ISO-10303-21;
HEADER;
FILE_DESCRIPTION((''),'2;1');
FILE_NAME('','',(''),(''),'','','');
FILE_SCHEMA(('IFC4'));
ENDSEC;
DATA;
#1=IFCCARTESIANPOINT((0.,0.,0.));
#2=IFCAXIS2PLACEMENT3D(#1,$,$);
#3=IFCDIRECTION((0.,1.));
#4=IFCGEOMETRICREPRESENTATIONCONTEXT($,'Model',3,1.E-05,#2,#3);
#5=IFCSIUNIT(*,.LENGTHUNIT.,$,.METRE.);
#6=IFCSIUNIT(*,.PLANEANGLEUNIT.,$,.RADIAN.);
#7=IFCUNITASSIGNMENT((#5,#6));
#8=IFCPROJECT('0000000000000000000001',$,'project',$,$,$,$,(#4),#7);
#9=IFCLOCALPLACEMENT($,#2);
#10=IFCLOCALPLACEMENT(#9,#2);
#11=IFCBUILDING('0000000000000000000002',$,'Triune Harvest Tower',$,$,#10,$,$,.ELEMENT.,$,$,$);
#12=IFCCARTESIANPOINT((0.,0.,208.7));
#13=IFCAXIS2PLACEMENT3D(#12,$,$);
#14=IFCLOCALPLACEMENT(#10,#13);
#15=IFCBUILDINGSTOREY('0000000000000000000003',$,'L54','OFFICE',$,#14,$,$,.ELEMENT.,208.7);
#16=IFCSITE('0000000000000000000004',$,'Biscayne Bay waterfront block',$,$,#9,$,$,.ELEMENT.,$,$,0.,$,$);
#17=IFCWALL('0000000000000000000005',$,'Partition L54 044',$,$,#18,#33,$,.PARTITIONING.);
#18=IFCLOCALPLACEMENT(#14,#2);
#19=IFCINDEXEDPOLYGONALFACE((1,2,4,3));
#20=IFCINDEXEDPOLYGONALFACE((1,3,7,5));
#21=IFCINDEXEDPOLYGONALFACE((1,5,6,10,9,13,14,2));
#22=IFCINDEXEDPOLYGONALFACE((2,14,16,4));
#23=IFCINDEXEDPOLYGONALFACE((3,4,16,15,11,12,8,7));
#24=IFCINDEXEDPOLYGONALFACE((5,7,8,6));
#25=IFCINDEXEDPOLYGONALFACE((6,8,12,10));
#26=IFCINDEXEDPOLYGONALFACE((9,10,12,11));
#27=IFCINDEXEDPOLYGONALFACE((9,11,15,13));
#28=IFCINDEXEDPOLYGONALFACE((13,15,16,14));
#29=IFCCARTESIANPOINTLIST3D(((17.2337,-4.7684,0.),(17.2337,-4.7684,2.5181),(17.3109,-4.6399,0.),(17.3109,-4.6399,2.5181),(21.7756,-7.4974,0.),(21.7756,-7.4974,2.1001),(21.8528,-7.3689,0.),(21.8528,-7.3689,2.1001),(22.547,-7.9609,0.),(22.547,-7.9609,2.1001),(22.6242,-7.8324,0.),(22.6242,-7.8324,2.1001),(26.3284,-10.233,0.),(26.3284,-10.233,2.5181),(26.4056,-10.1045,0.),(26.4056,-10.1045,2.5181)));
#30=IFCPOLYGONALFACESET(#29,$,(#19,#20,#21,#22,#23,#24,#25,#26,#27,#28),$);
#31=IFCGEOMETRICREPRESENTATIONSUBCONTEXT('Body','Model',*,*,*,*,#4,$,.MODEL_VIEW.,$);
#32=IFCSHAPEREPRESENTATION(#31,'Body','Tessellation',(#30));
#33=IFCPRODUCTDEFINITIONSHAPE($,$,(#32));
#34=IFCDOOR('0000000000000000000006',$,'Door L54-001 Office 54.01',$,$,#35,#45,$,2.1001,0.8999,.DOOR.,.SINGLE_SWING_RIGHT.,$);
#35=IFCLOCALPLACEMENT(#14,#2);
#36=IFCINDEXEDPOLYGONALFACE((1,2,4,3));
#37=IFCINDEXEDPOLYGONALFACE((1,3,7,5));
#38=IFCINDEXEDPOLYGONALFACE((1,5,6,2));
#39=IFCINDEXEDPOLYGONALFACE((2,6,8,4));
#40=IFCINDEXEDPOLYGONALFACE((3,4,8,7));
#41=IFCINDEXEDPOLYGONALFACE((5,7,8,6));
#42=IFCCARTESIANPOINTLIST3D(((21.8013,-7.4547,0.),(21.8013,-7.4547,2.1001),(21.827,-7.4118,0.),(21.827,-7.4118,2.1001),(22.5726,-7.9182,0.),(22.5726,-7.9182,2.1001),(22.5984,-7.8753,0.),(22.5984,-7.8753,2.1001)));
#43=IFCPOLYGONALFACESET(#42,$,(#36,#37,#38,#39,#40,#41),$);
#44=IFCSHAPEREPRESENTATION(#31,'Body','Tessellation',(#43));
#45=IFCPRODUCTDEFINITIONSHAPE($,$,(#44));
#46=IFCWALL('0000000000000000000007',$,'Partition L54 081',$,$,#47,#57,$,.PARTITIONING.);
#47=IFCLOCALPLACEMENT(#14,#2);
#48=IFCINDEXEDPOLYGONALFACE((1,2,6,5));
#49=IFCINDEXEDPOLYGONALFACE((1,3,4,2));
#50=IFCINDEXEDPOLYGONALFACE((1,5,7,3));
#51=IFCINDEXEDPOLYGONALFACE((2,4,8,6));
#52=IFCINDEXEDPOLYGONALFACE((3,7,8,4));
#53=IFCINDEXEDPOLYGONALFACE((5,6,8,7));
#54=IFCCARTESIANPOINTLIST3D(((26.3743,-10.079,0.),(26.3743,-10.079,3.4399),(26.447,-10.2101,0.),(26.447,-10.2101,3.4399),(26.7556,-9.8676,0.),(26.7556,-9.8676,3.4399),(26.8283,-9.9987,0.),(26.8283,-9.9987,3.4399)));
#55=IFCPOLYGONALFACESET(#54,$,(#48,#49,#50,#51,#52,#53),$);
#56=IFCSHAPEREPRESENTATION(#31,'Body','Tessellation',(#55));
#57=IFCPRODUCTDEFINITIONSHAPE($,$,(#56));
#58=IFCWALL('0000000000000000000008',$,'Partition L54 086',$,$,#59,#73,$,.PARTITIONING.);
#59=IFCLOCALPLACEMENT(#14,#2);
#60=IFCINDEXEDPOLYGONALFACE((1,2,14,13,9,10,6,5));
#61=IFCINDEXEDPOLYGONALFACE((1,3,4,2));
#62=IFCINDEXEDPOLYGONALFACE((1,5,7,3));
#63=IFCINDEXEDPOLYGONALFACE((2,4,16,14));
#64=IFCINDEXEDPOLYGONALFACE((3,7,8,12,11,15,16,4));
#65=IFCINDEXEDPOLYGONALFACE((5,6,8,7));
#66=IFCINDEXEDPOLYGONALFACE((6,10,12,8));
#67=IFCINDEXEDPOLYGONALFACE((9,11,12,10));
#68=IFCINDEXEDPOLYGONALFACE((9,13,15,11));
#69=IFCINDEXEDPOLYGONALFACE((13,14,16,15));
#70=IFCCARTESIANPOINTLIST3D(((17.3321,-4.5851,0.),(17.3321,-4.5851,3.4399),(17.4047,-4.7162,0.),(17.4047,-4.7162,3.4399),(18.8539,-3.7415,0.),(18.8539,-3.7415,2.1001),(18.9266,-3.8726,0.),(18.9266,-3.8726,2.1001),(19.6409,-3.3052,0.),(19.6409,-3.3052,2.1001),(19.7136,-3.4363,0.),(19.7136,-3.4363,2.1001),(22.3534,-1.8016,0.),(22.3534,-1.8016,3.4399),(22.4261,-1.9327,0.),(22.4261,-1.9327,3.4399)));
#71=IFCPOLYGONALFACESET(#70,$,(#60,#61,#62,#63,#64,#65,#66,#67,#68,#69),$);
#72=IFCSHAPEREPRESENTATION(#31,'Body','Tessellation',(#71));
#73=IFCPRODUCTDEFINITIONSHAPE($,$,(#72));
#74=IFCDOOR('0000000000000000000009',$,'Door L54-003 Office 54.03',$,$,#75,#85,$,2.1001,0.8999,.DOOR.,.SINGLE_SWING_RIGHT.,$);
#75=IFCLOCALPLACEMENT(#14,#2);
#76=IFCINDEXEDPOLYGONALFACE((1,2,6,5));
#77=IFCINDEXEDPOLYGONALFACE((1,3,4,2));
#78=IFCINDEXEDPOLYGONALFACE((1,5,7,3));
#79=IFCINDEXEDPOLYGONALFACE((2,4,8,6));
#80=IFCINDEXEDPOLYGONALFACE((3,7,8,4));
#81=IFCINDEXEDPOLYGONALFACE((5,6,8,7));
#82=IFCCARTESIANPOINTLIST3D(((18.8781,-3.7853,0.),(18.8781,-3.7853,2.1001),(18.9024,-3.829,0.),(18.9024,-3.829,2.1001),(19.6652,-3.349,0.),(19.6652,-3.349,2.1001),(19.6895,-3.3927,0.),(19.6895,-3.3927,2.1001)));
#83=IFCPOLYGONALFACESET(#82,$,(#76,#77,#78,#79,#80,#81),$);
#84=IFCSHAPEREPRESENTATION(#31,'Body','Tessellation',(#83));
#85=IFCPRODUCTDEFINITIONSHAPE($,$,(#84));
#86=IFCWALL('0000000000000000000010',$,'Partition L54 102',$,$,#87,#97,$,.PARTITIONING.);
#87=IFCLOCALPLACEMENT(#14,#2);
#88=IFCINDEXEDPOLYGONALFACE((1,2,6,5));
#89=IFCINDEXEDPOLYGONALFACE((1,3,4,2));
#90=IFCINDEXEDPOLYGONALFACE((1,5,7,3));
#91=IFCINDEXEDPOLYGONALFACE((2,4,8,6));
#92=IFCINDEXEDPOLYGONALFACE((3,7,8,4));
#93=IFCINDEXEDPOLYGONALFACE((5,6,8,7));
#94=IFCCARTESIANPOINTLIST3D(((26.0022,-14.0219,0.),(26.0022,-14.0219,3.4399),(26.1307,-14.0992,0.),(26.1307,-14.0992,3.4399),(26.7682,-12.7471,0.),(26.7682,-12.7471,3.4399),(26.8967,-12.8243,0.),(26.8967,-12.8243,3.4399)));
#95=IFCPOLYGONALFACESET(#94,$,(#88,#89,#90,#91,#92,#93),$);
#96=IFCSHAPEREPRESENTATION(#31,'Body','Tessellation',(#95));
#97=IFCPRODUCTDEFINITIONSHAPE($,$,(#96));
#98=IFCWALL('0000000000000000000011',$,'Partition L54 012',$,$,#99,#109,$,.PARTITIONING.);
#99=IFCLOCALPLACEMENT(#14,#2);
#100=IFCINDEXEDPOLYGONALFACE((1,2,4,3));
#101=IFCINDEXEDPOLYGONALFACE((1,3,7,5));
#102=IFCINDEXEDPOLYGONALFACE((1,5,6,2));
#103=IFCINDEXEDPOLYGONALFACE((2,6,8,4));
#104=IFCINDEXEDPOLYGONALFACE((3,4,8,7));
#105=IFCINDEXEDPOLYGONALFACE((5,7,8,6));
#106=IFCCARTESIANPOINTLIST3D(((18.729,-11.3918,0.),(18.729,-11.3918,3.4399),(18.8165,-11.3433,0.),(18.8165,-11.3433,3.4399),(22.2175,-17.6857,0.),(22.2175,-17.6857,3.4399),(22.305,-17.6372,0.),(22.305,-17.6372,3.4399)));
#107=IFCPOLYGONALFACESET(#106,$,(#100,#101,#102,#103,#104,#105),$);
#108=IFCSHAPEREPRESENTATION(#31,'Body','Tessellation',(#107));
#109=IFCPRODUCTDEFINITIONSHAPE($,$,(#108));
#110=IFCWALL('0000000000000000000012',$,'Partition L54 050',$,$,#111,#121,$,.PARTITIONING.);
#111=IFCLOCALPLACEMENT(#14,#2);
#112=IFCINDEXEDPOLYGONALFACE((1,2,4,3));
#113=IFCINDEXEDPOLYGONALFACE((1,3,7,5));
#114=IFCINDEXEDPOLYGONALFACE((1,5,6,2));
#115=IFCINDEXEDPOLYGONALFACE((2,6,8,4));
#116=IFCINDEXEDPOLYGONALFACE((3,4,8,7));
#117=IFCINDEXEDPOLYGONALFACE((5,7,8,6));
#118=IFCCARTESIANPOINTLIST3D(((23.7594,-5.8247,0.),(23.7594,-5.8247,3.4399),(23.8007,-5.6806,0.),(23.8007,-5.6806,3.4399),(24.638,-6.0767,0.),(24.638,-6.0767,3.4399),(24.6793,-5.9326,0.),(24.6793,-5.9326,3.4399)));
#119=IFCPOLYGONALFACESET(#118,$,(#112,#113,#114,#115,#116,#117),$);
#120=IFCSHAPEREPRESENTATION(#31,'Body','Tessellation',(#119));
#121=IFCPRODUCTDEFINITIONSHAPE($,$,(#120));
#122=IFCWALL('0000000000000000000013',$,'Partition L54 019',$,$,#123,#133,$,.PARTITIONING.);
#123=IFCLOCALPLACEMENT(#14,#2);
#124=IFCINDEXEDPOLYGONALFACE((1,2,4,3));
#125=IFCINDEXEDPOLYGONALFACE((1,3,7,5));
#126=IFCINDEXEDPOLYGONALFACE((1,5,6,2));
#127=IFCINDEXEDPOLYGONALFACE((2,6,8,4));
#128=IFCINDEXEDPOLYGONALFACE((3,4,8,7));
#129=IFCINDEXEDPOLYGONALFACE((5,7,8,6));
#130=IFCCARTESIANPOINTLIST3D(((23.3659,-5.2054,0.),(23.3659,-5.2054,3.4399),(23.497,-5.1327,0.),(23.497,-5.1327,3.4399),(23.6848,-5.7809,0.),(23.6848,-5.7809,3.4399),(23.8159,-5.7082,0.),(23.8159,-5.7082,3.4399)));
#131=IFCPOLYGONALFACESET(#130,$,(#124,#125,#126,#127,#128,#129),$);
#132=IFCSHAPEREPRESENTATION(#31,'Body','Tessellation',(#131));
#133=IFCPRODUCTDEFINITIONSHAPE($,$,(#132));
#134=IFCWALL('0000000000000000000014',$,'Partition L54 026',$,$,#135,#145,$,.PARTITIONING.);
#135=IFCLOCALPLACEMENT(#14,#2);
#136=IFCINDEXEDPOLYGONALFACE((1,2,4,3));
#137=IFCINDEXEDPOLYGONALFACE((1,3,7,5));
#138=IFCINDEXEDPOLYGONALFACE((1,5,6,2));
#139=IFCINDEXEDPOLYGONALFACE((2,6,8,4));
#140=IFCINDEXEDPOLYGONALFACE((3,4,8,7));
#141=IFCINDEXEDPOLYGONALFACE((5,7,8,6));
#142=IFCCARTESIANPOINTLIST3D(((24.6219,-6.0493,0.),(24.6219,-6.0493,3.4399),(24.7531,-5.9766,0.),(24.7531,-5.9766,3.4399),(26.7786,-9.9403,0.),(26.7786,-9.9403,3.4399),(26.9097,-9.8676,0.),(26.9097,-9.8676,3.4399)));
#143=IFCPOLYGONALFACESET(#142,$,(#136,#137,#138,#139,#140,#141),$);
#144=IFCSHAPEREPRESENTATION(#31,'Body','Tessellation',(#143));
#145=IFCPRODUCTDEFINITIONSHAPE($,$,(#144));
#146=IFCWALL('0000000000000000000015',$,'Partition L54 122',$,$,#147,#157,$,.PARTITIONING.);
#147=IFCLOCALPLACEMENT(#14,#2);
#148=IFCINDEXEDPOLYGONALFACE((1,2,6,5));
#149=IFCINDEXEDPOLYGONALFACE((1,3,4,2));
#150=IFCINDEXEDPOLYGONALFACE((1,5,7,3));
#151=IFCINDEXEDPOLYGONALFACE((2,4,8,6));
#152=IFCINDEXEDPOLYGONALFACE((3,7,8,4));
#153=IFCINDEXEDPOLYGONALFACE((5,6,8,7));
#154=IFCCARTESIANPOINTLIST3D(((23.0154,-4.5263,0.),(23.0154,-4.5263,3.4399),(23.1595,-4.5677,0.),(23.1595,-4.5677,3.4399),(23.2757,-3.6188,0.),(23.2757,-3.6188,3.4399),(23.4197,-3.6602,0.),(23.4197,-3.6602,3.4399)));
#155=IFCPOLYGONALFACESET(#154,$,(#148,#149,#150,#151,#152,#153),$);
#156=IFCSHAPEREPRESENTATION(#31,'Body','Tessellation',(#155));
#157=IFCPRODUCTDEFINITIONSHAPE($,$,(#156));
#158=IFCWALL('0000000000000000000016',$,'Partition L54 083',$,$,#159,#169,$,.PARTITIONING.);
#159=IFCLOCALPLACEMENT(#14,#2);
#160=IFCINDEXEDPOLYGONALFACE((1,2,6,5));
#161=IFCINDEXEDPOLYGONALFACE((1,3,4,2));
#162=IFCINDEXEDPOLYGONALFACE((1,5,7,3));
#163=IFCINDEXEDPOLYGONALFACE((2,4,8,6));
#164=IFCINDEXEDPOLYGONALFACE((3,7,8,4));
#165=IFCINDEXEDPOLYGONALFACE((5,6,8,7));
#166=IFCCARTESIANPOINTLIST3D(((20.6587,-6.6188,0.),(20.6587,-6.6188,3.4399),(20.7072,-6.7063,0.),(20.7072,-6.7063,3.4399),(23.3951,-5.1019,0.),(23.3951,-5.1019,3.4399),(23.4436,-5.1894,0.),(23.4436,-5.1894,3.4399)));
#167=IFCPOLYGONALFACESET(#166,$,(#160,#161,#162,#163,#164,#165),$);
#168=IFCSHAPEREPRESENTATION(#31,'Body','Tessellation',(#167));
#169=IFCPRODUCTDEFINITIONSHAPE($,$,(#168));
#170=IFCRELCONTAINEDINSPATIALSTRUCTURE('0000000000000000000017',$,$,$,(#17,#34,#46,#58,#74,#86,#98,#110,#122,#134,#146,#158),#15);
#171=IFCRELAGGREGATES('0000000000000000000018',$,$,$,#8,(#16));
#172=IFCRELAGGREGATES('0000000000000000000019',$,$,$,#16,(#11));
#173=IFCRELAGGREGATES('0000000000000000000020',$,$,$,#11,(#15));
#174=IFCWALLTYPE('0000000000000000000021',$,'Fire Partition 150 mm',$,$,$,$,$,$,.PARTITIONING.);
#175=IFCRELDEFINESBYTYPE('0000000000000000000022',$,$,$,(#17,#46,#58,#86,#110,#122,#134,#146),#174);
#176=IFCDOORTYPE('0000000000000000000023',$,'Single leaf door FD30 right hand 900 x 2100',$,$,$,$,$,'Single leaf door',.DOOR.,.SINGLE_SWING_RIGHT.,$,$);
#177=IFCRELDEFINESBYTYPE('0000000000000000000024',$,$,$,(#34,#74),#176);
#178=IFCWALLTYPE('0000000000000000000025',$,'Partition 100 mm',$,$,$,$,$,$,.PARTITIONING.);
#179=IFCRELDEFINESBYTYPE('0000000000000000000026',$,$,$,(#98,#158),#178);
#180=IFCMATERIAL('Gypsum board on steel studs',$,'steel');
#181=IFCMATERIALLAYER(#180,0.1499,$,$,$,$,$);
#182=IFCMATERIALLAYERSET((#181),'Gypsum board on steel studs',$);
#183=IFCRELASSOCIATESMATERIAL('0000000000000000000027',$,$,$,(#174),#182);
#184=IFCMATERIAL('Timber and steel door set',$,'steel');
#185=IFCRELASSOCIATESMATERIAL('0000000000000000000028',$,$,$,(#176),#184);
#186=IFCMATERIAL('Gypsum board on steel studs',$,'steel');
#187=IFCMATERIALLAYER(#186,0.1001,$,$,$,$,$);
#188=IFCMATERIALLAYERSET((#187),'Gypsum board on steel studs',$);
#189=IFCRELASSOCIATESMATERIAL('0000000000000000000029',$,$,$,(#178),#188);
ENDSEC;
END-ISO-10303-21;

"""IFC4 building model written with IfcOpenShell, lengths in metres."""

from ifc_helpers import new_model, si_unit, direction, frame, frame_2d, origin, place, context, subcontext, project, spatial, rectangle, extrude, source, transform, mapped, material, layer, layer_set, type_object, element, fill, save


model = new_model("IFC4")

# Units and contexts
model_context = context("Model", 3, precision=1e-05, world=origin(), true_north=direction((0.0, 1.0)))
body_context = subcontext(model_context, "Body", "Model", "MODEL_VIEW")
ifc_project = project(units=[si_unit("LENGTHUNIT", "METRE"), si_unit("PLANEANGLEUNIT", "RADIAN")], contexts=[model_context])

# Site, building, storey
site_placement = place(None, origin())
site = spatial("IfcSite", under=ifc_project, at=site_placement, Name="Biscayne Bay waterfront block", CompositionType="ELEMENT", RefElevation=0.0)
building_placement = place(site_placement, origin())
building = spatial("IfcBuilding", under=site, at=building_placement, Name="Triune Harvest Tower", CompositionType="ELEMENT")
storey_placement = place(building_placement, frame((0.0, 0.0, 208.7)))
storey = spatial("IfcBuildingStorey", under=building, at=storey_placement, Name="L54", Description="OFFICE", CompositionType="ELEMENT", Elevation=208.7)

# Shared definitions
ifc_material_1 = material(Name="Gypsum board on steel studs", Category="steel")
ifc_layer_1 = layer(ifc_material_1, 0.1499)
ifc_layer_set_1 = layer_set([ifc_layer_1], Name="Gypsum board on steel studs")
wall_type_1 = type_object("IfcWallType", Name="Fire Partition 150 mm", PredefinedType="PARTITIONING", material=ifc_layer_set_1)

# Wall, opening, door
wall_1_placement = place(storey_placement, frame((17.2722, -4.7041, 0.0), z_axis=(0.0, 0.0, 1.0), x_axis=(0.85717, -0.515034, 0.0)))
wall_1 = element("IfcWall", 1, at=wall_1_placement, inside=storey, type_object=wall_type_1, Name="Partition L54 044", PredefinedType="PARTITIONING", context=body_context, shape_type="SweptSolid", body=[
    extrude(rectangle(XDim=10.6101, YDim=0.1499, at=frame_2d((5.3052, 0.0))), origin(), (0.0, 0.0, 1.0), 2.5181),
])
opening_1_placement = place(wall_1_placement, frame((5.2988, 0.0, 0.0)))
opening_1 = element("IfcOpeningElement", 2, at=opening_1_placement, cuts=wall_1, PredefinedType="OPENING", context=body_context, shape_type="SweptSolid", body=[
    extrude(rectangle(XDim=0.8999, YDim=2.1001, at=frame_2d((0.45, 1.05))), frame((0.0, 0.085, 0.0), z_axis=(0.0, -1.0, 0.0), x_axis=(1.0, 0.0, 0.0)), (0.0, 0.0, 1.0), 0.1699),
])
ifc_material_2 = material(Name="Timber and steel door set", Category="steel")
door_type = type_object("IfcDoorType", Name="Single leaf door FD30 right hand 900 x 2100", ElementType="Single leaf door", OperationType="SINGLE_SWING_RIGHT", PredefinedType="DOOR", material=ifc_material_2)
door_1_placement = place(opening_1_placement, origin())
door_1 = element("IfcDoor", 3, at=door_1_placement, inside=storey, type_object=door_type, Name="Door L54-001 Office 54.01", OperationType="SINGLE_SWING_RIGHT", OverallHeight=2.1001, OverallWidth=0.8999, PredefinedType="DOOR", context=body_context, shape_type="SweptSolid", body=[
    extrude(rectangle(XDim=0.8999, YDim=2.1001, at=frame_2d((0.45, 1.05))), frame((0.0, 0.0249, 0.0), z_axis=(0.0, -1.0, 0.0), x_axis=(1.0, 0.0, 0.0)), (0.0, 0.0, 1.0), 0.05),
])
fill(opening_1, door_1)

# Wall
wall_2_placement = place(storey_placement, frame((26.4106, -10.1445, 0.0), z_axis=(0.0, 0.0, 1.0), x_axis=(0.87458, 0.484882, 0.0)))
element("IfcWall", 4, at=wall_2_placement, inside=storey, type_object=wall_type_1, Name="Partition L54 081", PredefinedType="PARTITIONING", context=body_context, shape_type="SweptSolid", body=[
    extrude(rectangle(XDim=0.436, YDim=0.1499, at=frame_2d((0.218, 0.0))), origin(), (0.0, 0.0, 1.0), 3.4399),
])

# Wall, opening, door
wall_3_placement = place(storey_placement, frame((17.3684, -4.6506, 0.0), z_axis=(0.0, 0.0, 1.0), x_axis=(0.87461, 0.484827, 0.0)))
wall_3 = element("IfcWall", 5, at=wall_3_placement, inside=storey, type_object=wall_type_1, Name="Partition L54 086", PredefinedType="PARTITIONING", context=body_context, shape_type="SweptSolid", body=[
    extrude(rectangle(XDim=5.7412, YDim=0.1499, at=frame_2d((2.8706, 0.0))), origin(), (0.0, 0.0, 1.0), 3.4399),
])
opening_2_placement = place(wall_3_placement, frame((1.74, 0.0, 0.0)))
opening_2 = element("IfcOpeningElement", 6, at=opening_2_placement, cuts=wall_3, PredefinedType="OPENING", context=body_context, shape_type="SweptSolid", body=[
    extrude(rectangle(XDim=0.8999, YDim=2.1001, at=frame_2d((0.45, 1.05))), frame((0.0, 0.085, 0.0), z_axis=(0.0, -1.0, 0.0), x_axis=(1.0, 0.0, 0.0)), (0.0, 0.0, 1.0), 0.1699),
])
door_2_placement = place(opening_2_placement, origin())
door_2 = element("IfcDoor", 7, at=door_2_placement, inside=storey, type_object=door_type, Name="Door L54-003 Office 54.03", OperationType="SINGLE_SWING_RIGHT", OverallHeight=2.1001, OverallWidth=0.8999, PredefinedType="DOOR", context=body_context, shape_type="SweptSolid", body=[
    extrude(rectangle(XDim=0.8999, YDim=2.1001, at=frame_2d((0.45, 1.05))), frame((0.0, 0.0249, 0.0), z_axis=(0.0, -1.0, 0.0), x_axis=(1.0, 0.0, 0.0)), (0.0, 0.0, 1.0), 0.05),
])
fill(opening_2, door_2)

# Walls
wall_4_placement = place(storey_placement, frame((26.0664, -14.0605, 0.0), z_axis=(0.0, 0.0, 1.0), x_axis=(0.515075, 0.857145, 0.0)))
element("IfcWall", 8, at=wall_4_placement, inside=storey, type_object=wall_type_1, Name="Partition L54 102", PredefinedType="PARTITIONING", context=body_context, shape_type="SweptSolid", body=[
    extrude(rectangle(XDim=1.4873, YDim=0.1499, at=frame_2d((0.7437, 0.0))), origin(), (0.0, 0.0, 1.0), 3.4399),
])
ifc_material_3 = material(Name="Gypsum board on steel studs", Category="steel")
ifc_layer_2 = layer(ifc_material_3, 0.1001)
ifc_layer_set_2 = layer_set([ifc_layer_2], Name="Gypsum board on steel studs")
wall_type_2 = type_object("IfcWallType", Name="Partition 100 mm", PredefinedType="PARTITIONING", material=ifc_layer_set_2)
wall_5_placement = place(storey_placement, frame((18.7727, -11.3674, 0.0), z_axis=(0.0, 0.0, 1.0), x_axis=(0.484781, -0.874635, 0.0)))
element("IfcWall", 9, at=wall_5_placement, inside=storey, type_object=wall_type_2, Name="Partition L54 012", PredefinedType="PARTITIONING", context=body_context, shape_type="SweptSolid", body=[
    extrude(rectangle(XDim=7.196, YDim=0.1001, at=frame_2d((3.5981, 0.0))), origin(), (0.0, 0.0, 1.0), 3.4399),
])
shared_shape_1 = source(origin(), body_context, "Body", "SweptSolid", [
    extrude(rectangle(XDim=0.9141, YDim=0.1499, at=frame_2d((0.457, 0.0))), origin(), (0.0, 0.0, 1.0), 3.4399),
])
wall_6_placement = place(storey_placement, frame((23.78, -5.7527, 0.0), z_axis=(0.0, 0.0, 1.0), x_axis=(0.961261, -0.275638, 0.0)))
element("IfcWall", 10, at=wall_6_placement, inside=storey, type_object=wall_type_1, Name="Partition L54 050", PredefinedType="PARTITIONING", context=body_context, shape_type="MappedRepresentation", body=[
    mapped(shared_shape_1, transform((0.0, 0.0, 0.0), scale=1.0)),
])
shared_shape_2 = source(origin(), body_context, "Body", "SweptSolid", [
    extrude(rectangle(XDim=0.658, YDim=0.1499, at=frame_2d((0.3291, 0.0))), origin(), (0.0, 0.0, 1.0), 3.4399),
])
wall_7_placement = place(storey_placement, frame((23.4314, -5.1689, 0.0), z_axis=(0.0, 0.0, 1.0), x_axis=(0.484666, -0.874699, 0.0)))
element("IfcWall", 11, at=wall_7_placement, inside=storey, type_object=wall_type_1, Name="Partition L54 019", PredefinedType="PARTITIONING", context=body_context, shape_type="MappedRepresentation", body=[
    mapped(shared_shape_2, transform((0.0, 0.0, 0.0), scale=1.0)),
])
shared_shape_3 = source(origin(), body_context, "Body", "SweptSolid", [
    extrude(rectangle(XDim=4.4487, YDim=0.1499, at=frame_2d((2.2244, 0.0))), origin(), (0.0, 0.0, 1.0), 3.4399),
])
wall_8_placement = place(storey_placement, frame((24.6875, -6.0129, 0.0), z_axis=(0.0, 0.0, 1.0), x_axis=(0.484785, -0.874633, 0.0)))
element("IfcWall", 12, at=wall_8_placement, inside=storey, type_object=wall_type_1, Name="Partition L54 026", PredefinedType="PARTITIONING", context=body_context, shape_type="MappedRepresentation", body=[
    mapped(shared_shape_3, transform((0.0, 0.0, 0.0), scale=1.0)),
])
shared_shape_4 = source(origin(), body_context, "Body", "SweptSolid", [
    extrude(rectangle(XDim=0.9441, YDim=0.1499, at=frame_2d((0.4722, 0.0))), origin(), (0.0, 0.0, 1.0), 3.4399),
])
wall_9_placement = place(storey_placement, frame((23.0874, -4.5471, 0.0), z_axis=(0.0, 0.0, 1.0), x_axis=(0.275677, 0.96125, 0.0)))
element("IfcWall", 13, at=wall_9_placement, inside=storey, type_object=wall_type_1, Name="Partition L54 122", PredefinedType="PARTITIONING", context=body_context, shape_type="MappedRepresentation", body=[
    mapped(shared_shape_4, transform((0.0, 0.0, 0.0), scale=1.0)),
])
shared_shape_5 = source(origin(), body_context, "Body", "SweptSolid", [
    extrude(rectangle(XDim=3.1287, YDim=0.1001, at=frame_2d((1.5645, 0.0))), origin(), (0.0, 0.0, 1.0), 3.4399),
])
wall_10_placement = place(storey_placement, frame((20.6829, -6.6626, 0.0), z_axis=(0.0, 0.0, 1.0), x_axis=(0.87461, 0.484828, 0.0)))
element("IfcWall", 14, at=wall_10_placement, inside=storey, type_object=wall_type_2, Name="Partition L54 083", PredefinedType="PARTITIONING", context=body_context, shape_type="MappedRepresentation", body=[
    mapped(shared_shape_5, transform((0.0, 0.0, 0.0), scale=1.0)),
])

save(model, "model.ifc")
